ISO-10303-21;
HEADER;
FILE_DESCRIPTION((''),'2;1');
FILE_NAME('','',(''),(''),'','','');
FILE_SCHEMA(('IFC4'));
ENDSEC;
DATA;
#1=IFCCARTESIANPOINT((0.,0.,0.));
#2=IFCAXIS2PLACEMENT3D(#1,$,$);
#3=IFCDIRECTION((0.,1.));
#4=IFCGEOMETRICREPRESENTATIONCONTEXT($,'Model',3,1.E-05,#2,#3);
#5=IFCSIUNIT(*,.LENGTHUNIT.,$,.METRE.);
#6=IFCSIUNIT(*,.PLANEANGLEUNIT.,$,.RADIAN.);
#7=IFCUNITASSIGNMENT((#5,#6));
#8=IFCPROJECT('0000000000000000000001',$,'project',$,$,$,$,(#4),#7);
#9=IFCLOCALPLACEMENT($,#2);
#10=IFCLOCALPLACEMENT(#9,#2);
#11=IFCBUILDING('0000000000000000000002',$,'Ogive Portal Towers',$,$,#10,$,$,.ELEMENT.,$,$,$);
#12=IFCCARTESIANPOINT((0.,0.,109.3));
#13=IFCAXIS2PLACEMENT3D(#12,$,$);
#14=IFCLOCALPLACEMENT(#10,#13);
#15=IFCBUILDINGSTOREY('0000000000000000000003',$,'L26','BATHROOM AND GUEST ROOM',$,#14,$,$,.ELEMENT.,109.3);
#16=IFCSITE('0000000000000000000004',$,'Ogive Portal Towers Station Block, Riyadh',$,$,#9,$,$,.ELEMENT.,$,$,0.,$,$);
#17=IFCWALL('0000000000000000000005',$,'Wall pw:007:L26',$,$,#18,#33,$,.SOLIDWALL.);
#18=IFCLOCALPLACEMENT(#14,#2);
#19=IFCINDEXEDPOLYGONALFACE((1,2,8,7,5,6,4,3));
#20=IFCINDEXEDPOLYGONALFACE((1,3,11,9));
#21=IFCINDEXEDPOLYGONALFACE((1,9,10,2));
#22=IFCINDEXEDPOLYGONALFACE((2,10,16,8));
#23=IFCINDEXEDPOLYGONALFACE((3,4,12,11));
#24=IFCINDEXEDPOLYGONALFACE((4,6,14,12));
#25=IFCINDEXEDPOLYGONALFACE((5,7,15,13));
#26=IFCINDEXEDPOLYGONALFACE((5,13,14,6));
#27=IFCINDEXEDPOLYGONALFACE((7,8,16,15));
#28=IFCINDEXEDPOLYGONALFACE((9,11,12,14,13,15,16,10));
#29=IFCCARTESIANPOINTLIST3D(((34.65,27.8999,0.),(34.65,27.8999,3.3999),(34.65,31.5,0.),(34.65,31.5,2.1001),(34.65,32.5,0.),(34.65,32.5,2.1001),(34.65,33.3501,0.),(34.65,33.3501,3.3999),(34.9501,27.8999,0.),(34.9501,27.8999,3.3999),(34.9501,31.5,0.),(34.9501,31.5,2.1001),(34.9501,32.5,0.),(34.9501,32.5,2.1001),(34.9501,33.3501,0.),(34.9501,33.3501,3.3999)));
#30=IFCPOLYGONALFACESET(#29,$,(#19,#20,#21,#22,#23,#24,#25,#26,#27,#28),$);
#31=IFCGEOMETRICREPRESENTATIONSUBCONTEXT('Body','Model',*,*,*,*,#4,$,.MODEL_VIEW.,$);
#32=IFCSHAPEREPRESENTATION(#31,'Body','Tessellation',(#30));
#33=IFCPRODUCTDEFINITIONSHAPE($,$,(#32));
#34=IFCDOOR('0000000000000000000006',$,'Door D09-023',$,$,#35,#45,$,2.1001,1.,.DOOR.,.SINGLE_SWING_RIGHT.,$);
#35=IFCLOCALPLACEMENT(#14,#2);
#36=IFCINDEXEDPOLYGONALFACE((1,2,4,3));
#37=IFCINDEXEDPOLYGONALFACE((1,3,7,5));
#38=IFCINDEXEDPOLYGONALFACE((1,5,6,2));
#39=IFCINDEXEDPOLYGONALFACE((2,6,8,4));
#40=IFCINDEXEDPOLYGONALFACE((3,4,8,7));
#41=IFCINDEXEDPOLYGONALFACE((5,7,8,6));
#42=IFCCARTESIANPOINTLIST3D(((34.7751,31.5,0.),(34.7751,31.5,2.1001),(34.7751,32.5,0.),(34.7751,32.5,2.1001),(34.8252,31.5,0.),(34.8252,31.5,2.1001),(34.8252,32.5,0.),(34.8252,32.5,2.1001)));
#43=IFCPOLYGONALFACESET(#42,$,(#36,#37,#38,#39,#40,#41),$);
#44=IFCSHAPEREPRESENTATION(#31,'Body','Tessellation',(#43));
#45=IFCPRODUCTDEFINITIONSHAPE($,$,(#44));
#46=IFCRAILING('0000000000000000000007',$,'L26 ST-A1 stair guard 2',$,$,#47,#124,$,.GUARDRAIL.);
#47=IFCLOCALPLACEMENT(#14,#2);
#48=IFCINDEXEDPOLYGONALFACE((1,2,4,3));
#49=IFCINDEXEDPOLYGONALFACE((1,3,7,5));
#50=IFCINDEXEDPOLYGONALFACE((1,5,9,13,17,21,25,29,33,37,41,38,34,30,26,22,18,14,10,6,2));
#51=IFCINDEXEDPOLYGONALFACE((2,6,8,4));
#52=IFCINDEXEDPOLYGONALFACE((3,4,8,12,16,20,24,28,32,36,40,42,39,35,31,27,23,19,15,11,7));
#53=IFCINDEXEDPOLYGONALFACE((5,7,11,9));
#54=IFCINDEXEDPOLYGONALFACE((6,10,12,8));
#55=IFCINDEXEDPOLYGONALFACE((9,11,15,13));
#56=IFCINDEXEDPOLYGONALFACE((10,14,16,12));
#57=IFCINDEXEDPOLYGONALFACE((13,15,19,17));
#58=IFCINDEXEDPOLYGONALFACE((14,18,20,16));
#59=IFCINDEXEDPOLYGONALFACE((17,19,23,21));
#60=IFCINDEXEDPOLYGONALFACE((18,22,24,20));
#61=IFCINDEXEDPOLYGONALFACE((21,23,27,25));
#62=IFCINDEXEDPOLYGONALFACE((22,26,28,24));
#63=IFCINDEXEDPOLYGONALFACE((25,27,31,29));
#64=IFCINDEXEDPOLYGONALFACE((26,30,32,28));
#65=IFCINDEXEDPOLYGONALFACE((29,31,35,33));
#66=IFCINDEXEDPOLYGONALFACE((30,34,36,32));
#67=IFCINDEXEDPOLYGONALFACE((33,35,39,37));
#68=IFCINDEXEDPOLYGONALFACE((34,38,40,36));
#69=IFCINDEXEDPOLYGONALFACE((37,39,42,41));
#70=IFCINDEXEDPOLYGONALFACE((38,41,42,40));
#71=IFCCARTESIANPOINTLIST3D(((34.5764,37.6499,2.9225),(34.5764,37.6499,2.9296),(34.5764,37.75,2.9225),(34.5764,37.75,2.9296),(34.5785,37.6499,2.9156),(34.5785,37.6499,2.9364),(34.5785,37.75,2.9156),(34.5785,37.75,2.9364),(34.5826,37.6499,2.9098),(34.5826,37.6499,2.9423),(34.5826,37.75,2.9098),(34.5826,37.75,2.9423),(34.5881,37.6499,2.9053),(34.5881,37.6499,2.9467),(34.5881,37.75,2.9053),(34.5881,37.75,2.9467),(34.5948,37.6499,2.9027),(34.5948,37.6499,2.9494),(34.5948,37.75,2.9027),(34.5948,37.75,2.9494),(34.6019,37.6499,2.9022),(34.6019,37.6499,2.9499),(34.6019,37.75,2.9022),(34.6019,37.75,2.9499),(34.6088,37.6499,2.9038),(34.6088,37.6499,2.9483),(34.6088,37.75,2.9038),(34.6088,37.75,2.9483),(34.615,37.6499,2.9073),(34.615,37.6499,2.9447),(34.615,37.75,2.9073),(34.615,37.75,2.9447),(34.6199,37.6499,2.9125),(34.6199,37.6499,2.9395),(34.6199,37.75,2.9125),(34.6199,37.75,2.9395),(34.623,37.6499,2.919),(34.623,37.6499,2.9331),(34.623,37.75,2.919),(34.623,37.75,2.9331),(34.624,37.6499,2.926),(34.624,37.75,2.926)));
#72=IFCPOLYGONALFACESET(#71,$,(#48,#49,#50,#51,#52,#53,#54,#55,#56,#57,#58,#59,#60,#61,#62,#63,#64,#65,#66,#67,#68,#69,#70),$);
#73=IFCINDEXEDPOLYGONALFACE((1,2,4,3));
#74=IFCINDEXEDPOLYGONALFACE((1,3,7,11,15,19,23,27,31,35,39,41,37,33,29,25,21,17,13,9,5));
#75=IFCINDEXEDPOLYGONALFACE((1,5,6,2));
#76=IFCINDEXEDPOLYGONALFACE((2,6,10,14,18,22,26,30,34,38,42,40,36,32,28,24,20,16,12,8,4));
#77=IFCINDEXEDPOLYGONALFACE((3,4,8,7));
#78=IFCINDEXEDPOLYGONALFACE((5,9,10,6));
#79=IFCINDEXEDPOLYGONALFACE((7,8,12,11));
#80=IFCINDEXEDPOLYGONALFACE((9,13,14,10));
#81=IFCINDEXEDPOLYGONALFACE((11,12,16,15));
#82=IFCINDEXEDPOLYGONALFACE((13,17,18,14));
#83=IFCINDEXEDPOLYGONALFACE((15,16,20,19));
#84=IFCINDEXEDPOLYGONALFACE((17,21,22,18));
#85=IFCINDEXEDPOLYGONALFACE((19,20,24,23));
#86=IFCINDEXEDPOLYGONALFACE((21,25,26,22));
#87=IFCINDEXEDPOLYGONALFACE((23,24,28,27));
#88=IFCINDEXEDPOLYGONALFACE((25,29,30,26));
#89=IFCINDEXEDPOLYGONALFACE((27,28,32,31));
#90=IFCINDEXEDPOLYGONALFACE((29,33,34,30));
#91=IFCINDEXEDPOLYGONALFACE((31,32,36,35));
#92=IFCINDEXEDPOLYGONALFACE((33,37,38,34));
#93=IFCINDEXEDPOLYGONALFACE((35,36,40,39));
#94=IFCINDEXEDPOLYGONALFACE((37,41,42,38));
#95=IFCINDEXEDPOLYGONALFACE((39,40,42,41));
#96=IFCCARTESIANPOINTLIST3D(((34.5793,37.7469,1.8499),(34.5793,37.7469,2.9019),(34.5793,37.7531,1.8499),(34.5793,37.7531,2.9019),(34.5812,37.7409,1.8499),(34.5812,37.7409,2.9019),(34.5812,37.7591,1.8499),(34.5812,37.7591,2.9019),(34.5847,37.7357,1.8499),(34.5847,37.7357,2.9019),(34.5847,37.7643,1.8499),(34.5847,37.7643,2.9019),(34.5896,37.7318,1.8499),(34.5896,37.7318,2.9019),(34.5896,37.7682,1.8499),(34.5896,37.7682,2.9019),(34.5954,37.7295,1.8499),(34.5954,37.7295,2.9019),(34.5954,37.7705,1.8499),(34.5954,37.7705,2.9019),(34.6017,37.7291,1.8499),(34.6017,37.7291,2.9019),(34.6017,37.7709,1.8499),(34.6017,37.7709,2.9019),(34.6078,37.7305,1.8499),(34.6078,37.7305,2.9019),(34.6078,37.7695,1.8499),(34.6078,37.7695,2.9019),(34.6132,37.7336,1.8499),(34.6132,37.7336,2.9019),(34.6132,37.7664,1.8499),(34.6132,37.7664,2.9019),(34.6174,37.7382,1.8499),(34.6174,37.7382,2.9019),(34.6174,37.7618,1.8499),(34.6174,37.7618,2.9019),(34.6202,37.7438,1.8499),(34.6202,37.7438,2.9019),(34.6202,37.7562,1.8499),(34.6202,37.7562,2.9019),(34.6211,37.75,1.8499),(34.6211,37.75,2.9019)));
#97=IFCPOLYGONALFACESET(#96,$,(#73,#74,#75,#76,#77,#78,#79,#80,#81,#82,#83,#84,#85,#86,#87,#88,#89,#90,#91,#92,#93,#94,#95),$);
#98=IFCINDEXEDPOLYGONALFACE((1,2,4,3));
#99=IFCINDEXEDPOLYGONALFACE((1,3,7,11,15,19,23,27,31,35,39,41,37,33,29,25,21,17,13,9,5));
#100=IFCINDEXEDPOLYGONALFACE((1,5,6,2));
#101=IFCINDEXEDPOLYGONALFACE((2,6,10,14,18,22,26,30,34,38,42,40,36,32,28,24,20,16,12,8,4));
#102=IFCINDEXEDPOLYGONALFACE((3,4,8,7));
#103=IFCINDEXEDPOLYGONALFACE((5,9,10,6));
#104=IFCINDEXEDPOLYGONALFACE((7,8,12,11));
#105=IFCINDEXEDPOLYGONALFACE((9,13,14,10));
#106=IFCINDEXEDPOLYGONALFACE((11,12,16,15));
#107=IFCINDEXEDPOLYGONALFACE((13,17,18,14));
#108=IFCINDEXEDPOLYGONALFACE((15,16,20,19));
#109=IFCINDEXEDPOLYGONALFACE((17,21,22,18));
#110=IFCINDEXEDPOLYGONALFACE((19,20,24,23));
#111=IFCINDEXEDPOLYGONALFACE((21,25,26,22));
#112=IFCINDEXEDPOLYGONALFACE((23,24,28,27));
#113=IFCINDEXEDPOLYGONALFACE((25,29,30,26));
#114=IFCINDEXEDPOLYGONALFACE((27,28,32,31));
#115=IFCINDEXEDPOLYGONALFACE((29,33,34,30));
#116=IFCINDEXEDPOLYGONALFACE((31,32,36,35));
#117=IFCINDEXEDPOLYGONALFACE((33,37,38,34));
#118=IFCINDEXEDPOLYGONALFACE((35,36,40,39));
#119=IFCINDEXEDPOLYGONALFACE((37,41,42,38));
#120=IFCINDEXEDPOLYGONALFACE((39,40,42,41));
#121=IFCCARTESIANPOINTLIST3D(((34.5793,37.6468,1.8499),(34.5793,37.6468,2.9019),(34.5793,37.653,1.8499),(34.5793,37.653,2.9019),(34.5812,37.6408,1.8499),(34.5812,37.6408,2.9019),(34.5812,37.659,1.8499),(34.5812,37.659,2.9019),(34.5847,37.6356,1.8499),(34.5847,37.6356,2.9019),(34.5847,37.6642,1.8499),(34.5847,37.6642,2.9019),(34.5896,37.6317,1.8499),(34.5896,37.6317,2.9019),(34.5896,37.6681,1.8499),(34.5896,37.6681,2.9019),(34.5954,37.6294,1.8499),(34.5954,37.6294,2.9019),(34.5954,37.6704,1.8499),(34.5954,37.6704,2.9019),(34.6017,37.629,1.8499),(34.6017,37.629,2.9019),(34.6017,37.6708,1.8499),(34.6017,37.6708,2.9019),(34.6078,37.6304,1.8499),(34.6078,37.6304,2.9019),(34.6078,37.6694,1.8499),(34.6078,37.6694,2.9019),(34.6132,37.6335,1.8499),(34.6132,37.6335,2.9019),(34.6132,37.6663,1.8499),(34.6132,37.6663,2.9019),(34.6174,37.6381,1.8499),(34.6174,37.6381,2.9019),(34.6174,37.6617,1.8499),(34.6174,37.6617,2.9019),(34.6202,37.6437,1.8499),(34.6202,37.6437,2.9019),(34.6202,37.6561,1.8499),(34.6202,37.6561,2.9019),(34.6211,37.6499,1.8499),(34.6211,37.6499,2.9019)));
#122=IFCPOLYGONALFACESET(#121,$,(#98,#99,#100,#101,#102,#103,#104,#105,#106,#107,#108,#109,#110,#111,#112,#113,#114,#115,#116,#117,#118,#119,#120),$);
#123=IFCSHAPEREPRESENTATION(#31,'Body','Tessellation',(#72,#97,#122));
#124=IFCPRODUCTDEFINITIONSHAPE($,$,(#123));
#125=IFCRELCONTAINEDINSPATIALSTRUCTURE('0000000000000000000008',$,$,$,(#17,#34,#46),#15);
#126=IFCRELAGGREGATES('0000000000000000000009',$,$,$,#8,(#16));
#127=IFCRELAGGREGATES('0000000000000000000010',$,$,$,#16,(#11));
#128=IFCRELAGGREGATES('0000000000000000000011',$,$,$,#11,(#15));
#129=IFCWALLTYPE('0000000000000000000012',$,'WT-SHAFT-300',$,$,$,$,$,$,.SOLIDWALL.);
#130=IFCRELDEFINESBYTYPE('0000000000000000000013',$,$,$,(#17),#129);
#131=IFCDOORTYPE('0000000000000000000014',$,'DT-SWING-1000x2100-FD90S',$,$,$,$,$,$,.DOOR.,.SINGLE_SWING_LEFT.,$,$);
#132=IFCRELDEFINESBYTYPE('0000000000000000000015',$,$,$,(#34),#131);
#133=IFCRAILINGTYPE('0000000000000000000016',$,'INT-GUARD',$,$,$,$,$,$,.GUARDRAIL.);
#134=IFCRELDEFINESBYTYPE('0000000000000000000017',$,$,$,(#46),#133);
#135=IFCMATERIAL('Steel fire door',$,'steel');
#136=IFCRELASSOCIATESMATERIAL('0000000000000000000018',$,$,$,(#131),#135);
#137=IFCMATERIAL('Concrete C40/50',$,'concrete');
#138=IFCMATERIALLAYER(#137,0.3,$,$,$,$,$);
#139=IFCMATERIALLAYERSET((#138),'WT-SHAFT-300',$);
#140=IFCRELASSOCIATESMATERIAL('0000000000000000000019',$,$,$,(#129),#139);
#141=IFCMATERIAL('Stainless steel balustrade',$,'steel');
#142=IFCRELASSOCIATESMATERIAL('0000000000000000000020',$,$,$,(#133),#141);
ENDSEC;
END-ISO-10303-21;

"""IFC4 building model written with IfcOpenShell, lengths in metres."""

from ifc_helpers import new_model, si_unit, direction, frame, frame_2d, origin, origin_2d, place, context, subcontext, project, spatial, rectangle, circle, extrude, material, layer, layer_set, type_object, element, fill, save


model = new_model("IFC4")

# Units and contexts
model_context = context("Model", 3, precision=1e-05, world=origin(), true_north=direction((0.0, 1.0)))
body_context = subcontext(model_context, "Body", "Model", "MODEL_VIEW")
ifc_project = project(units=[si_unit("LENGTHUNIT", "METRE"), si_unit("PLANEANGLEUNIT", "RADIAN")], contexts=[model_context])

# Site, building, storey
site_placement = place(None, origin())
site = spatial("IfcSite", under=ifc_project, at=site_placement, Name="Ogive Portal Towers Station Block, Riyadh", CompositionType="ELEMENT", RefElevation=0.0)
building_placement = place(site_placement, origin())
building = spatial("IfcBuilding", under=site, at=building_placement, Name="Ogive Portal Towers", CompositionType="ELEMENT")
storey_placement = place(building_placement, frame((0.0, 0.0, 109.3)))
storey = spatial("IfcBuildingStorey", under=building, at=storey_placement, Name="L26", Description="BATHROOM AND GUEST ROOM", CompositionType="ELEMENT", Elevation=109.3)

# Shared definitions
ifc_material_1 = material(Name="Concrete C40/50", Category="concrete")

# Shared definitions
ifc_material_2 = material(Name="Steel fire door", Category="steel")
door_type_1 = type_object("IfcDoorType", Name="DT-SWING-1000x2100-FD90S", OperationType="SINGLE_SWING_LEFT", PredefinedType="DOOR", material=ifc_material_2)

# Wall, opening, door
ifc_layer_1 = layer(ifc_material_1, 0.3)
ifc_layer_set_1 = layer_set([ifc_layer_1], Name="WT-SHAFT-300")
wall_type_1 = type_object("IfcWallType", Name="WT-SHAFT-300", PredefinedType="SOLIDWALL", material=ifc_layer_set_1)
wall_1_placement = place(storey_placement, frame((34.8, 27.8999, 0.0), z_axis=(0.0, 0.0, 1.0), x_axis=(0.0, 1.0, 0.0)))
wall_1 = element("IfcWall", 1, at=wall_1_placement, inside=storey, type_object=wall_type_1, Name="Wall pw:007:L26", PredefinedType="SOLIDWALL", context=body_context, shape_type="SweptSolid", body=[
    extrude(rectangle(XDim=5.4502, YDim=0.3, at=frame_2d((2.7251, 0.0))), origin(), (0.0, 0.0, 1.0), 3.3999),
])
opening_1_placement = place(wall_1_placement, frame((3.6001, 0.0, 0.0)))
opening_1 = element("IfcOpeningElement", 2, at=opening_1_placement, cuts=wall_1, PredefinedType="OPENING", context=body_context, shape_type="SweptSolid", body=[
    extrude(rectangle(XDim=1.0, YDim=2.1001, at=frame_2d((0.5, 1.05))), frame((0.0, 0.1602, 0.0), z_axis=(0.0, -1.0, 0.0), x_axis=(1.0, 0.0, 0.0)), (0.0, 0.0, 1.0), 0.3201),
])
door_1_placement = place(opening_1_placement, origin())
door_1 = element("IfcDoor", 3, at=door_1_placement, inside=storey, type_object=door_type_1, Name="Door D09-023", OperationType="SINGLE_SWING_RIGHT", OverallHeight=2.1001, OverallWidth=1.0, PredefinedType="DOOR", context=body_context, shape_type="SweptSolid", body=[
    extrude(rectangle(XDim=1.0, YDim=2.1001, at=frame_2d((0.5, 1.05))), frame((0.0, 0.0249, 0.0), z_axis=(0.0, -1.0, 0.0), x_axis=(1.0, 0.0, 0.0)), (0.0, 0.0, 1.0), 0.05),
])
fill(opening_1, door_1)

# Railing
ifc_material_3 = material(Name="Stainless steel balustrade", Category="steel")
railing_type_1 = type_object("IfcRailingType", Name="INT-GUARD", PredefinedType="GUARDRAIL", material=ifc_material_3)
railing_1_placement = place(storey_placement, frame((34.6001, 37.75, 1.8499)))
element("IfcRailing", 4, at=railing_1_placement, inside=storey, type_object=railing_type_1, Name="L26 ST-A1 stair guard 2", PredefinedType="GUARDRAIL", context=body_context, shape_type="SweptSolid", body=[
    extrude(circle(Radius=0.0239, at=origin_2d()), frame((0.0, 0.0, 1.0762), z_axis=(0.0, -1.0, 0.0), x_axis=(1.0, 0.0, 0.0)), (0.0, 0.0, 1.0), 0.1001),
    extrude(circle(Radius=0.021, at=origin_2d()), origin(), (0.0, 0.0, 1.0), 1.052),
    extrude(circle(Radius=0.021, at=origin_2d()), frame((0.0, -0.1001, 0.0)), (0.0, 0.0, 1.0), 1.052),
])

save(model, "model.ifc")
